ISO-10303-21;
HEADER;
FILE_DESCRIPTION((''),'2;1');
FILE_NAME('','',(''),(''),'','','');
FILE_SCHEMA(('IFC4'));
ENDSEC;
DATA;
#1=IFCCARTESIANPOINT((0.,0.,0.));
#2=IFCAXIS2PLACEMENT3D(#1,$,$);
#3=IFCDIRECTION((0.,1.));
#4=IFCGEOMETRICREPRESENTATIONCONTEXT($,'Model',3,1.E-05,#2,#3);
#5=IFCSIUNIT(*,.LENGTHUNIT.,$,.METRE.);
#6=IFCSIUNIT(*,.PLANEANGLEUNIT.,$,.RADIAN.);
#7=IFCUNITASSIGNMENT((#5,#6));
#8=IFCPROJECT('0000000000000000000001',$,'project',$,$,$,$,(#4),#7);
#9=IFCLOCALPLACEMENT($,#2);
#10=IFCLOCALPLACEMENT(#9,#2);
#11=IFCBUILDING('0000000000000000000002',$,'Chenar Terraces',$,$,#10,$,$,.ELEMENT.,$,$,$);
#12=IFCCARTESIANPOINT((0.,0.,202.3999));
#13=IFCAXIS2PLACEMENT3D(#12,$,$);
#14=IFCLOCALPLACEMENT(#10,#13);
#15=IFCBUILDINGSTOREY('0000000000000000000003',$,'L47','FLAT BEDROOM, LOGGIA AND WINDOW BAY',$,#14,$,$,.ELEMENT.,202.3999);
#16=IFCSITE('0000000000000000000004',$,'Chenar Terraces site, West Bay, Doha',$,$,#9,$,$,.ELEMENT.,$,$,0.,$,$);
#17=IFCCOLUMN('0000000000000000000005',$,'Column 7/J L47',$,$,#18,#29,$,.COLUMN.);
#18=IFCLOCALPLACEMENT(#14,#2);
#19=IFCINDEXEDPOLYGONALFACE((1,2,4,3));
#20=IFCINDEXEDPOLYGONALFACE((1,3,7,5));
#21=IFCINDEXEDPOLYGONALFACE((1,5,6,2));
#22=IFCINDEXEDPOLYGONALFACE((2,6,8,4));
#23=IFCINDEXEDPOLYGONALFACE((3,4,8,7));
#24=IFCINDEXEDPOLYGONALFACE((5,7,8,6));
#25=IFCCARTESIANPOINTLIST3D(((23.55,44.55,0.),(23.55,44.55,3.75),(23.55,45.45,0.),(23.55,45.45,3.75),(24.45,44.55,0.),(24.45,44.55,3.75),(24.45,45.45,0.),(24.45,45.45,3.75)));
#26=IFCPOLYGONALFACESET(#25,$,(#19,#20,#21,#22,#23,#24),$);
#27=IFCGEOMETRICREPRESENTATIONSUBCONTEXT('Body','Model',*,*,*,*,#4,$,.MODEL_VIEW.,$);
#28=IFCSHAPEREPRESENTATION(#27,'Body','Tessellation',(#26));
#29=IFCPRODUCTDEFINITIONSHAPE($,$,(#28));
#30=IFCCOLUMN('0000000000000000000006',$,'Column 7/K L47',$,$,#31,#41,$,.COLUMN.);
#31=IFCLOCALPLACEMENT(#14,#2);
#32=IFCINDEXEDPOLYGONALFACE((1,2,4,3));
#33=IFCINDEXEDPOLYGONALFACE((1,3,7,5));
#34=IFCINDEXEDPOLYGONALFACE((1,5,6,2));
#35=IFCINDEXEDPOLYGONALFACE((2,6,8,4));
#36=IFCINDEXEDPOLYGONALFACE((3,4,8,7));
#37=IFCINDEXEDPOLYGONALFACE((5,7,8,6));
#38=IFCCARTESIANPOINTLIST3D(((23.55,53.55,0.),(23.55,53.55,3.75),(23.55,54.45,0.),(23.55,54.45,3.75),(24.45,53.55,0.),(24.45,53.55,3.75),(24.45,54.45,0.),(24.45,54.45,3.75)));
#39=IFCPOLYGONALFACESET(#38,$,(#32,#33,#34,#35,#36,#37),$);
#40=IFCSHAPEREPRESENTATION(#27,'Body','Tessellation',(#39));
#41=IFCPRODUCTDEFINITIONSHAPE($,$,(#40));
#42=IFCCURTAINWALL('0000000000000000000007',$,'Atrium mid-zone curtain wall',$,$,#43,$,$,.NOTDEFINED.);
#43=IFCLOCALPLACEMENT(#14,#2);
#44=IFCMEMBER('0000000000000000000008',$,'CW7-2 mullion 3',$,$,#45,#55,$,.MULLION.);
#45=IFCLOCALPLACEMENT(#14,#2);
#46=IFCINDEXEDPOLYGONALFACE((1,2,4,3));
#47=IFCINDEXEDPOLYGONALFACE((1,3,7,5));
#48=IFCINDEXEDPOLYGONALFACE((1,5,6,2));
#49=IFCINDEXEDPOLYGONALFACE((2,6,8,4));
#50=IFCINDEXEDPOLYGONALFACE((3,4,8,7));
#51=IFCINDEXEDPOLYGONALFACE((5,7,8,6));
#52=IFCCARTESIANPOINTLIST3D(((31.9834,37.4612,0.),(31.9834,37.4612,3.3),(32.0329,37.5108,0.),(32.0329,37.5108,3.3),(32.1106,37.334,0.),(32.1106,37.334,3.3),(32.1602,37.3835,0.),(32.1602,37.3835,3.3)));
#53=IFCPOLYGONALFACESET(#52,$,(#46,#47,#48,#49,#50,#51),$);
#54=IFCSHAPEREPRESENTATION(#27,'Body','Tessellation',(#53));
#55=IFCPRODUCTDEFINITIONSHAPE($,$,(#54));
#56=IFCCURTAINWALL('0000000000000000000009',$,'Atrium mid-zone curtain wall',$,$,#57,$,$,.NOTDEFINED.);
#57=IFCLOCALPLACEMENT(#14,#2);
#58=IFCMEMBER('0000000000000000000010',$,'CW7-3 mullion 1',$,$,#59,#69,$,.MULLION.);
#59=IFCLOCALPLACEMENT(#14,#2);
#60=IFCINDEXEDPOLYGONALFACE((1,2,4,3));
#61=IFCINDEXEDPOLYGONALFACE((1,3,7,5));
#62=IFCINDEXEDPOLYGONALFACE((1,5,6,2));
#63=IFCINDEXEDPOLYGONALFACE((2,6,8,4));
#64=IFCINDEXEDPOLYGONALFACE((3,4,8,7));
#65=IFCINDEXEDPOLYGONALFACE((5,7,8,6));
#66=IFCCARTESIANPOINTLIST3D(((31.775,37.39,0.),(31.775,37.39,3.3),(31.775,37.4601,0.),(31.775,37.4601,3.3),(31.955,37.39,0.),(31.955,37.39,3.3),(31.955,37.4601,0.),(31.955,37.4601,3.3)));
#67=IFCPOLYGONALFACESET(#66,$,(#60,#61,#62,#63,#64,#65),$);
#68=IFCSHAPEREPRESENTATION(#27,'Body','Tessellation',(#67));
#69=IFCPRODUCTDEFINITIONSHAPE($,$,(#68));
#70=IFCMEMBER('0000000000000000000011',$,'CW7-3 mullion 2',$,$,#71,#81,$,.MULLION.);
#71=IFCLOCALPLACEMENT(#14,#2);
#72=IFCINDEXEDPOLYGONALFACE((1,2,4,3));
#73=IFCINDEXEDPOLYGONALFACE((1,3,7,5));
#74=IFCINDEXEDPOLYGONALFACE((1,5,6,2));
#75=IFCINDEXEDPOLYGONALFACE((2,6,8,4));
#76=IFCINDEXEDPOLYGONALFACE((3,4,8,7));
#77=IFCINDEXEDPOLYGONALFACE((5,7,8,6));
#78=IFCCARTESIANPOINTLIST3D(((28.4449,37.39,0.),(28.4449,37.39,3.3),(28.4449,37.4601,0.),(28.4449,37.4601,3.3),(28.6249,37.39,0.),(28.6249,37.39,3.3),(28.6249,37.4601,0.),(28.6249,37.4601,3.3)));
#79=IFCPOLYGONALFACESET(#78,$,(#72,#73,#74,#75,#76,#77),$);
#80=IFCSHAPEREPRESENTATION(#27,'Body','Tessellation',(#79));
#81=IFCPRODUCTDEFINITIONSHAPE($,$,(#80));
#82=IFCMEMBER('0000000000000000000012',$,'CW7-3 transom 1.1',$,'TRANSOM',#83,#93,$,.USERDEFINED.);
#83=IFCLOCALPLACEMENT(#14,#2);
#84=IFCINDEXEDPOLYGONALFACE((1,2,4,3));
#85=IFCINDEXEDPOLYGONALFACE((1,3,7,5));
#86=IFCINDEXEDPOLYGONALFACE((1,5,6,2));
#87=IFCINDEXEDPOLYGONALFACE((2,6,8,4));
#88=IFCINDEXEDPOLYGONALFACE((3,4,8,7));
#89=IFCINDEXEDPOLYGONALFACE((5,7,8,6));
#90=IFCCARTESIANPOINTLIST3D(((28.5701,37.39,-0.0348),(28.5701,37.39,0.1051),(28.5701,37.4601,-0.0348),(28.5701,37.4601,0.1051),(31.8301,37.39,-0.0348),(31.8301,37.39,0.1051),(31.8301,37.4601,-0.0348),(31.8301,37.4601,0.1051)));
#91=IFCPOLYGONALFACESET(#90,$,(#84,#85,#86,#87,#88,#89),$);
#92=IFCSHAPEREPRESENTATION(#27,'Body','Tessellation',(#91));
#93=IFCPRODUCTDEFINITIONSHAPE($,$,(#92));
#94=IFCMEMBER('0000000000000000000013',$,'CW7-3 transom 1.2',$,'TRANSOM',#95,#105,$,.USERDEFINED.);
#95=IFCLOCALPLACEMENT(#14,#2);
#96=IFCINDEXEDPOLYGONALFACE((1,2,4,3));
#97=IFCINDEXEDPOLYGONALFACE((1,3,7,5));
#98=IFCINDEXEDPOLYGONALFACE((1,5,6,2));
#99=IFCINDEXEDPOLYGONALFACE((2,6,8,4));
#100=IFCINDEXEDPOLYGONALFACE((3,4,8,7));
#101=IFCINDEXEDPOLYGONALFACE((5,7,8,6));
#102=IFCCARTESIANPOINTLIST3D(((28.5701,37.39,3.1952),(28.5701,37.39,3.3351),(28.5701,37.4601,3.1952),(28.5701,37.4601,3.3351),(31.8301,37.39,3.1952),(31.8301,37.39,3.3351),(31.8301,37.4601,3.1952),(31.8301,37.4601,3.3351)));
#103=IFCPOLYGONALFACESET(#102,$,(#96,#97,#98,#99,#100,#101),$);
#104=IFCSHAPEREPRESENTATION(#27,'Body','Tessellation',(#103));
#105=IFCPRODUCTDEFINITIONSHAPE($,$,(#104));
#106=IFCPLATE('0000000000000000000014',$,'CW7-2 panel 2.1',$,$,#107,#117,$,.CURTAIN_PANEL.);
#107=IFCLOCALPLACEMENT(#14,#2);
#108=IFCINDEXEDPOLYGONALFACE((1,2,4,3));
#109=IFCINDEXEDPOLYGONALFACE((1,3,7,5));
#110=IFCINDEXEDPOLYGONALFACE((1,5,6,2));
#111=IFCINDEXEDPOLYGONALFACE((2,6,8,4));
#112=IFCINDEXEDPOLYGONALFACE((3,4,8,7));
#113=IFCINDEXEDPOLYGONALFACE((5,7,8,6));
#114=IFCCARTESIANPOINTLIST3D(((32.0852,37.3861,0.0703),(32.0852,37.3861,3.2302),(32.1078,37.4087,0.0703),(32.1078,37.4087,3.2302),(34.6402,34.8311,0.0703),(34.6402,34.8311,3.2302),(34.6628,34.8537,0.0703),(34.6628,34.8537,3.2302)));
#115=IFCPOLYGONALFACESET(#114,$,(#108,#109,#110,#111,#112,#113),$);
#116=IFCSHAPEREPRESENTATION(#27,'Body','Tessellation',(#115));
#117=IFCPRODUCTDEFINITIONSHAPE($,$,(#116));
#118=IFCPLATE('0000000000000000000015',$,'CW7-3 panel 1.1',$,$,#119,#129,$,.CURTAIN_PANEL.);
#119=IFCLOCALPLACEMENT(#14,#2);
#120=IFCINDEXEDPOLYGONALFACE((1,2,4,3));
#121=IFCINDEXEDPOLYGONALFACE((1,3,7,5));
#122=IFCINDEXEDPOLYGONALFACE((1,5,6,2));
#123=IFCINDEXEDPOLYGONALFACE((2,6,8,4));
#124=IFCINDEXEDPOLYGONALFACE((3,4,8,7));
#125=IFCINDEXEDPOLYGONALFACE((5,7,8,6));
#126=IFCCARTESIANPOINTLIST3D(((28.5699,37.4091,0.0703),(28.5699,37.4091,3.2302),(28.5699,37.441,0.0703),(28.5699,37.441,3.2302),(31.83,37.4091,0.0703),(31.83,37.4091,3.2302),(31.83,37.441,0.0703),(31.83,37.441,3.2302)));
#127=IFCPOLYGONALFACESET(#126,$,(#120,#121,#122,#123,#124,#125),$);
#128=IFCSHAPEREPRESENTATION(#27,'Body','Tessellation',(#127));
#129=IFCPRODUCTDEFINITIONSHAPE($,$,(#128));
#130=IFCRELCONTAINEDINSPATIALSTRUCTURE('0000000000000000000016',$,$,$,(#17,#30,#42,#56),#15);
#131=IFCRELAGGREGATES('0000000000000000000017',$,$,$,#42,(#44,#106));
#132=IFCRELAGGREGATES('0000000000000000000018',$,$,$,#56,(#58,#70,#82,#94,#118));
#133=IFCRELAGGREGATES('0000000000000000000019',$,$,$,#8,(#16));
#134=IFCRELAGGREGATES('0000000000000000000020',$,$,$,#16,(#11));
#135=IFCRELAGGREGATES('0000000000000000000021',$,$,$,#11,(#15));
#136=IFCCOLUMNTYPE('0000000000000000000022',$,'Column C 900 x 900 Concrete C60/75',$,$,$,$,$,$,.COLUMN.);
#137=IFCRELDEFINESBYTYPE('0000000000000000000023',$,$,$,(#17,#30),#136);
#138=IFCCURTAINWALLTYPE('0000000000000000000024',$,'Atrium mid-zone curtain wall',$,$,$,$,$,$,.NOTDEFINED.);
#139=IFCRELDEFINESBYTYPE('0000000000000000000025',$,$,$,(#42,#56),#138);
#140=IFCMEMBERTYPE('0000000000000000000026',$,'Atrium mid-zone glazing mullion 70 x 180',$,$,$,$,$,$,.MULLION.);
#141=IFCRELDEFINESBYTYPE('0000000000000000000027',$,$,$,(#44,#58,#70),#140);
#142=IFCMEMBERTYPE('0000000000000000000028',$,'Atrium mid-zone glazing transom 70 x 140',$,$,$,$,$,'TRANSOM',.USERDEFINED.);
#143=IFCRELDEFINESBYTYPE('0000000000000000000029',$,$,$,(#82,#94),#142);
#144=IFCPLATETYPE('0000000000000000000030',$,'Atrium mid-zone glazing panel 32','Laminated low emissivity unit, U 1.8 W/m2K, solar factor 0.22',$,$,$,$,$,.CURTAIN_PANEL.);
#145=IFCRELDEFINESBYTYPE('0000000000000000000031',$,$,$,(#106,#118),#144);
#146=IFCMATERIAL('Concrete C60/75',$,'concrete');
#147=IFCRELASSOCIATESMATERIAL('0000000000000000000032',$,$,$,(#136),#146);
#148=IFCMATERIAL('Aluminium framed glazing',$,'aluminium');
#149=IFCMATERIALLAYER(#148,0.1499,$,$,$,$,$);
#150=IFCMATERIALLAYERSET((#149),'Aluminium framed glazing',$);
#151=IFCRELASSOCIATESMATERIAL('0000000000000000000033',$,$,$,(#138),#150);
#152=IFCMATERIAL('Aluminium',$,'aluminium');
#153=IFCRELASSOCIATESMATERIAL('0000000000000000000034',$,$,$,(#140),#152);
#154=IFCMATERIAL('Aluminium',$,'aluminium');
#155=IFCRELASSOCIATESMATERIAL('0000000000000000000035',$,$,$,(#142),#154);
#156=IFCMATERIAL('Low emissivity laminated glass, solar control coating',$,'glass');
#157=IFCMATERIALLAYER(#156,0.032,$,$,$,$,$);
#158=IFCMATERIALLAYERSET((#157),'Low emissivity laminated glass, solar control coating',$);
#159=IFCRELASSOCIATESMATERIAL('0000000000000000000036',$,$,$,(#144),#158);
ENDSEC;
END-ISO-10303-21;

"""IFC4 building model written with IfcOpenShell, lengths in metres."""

from ifc_helpers import new_model, si_unit, direction, frame, origin, origin_2d, place, context, subcontext, project, spatial, rectangle, extrude, material, layer, layer_set, material_profile, profile_set, type_object, element, aggregate, save


model = new_model("IFC4")

# Units and contexts
model_context = context("Model", 3, precision=1e-05, world=origin(), true_north=direction((0.0, 1.0)))
body_context = subcontext(model_context, "Body", "Model", "MODEL_VIEW")
ifc_project = project(units=[si_unit("LENGTHUNIT", "METRE"), si_unit("PLANEANGLEUNIT", "RADIAN")], contexts=[model_context])

# Site, building, storey
site_placement = place(None, origin())
site = spatial("IfcSite", under=ifc_project, at=site_placement, Name="Chenar Terraces site, West Bay, Doha", CompositionType="ELEMENT", RefElevation=0.0)
building_placement = place(site_placement, origin())
building = spatial("IfcBuilding", under=site, at=building_placement, Name="Chenar Terraces", CompositionType="ELEMENT")
storey_placement = place(building_placement, frame((0.0, 0.0, 202.3999)))
storey = spatial("IfcBuildingStorey", under=building, at=storey_placement, Name="L47", Description="FLAT BEDROOM, LOGGIA AND WINDOW BAY", CompositionType="ELEMENT", Elevation=202.3999)

# Columns
ifc_material_1 = material(Name="Concrete C60/75", Category="concrete")
ifc_material_profile_1 = material_profile(ifc_material_1, rectangle(XDim=0.8999, YDim=0.8999, at=origin_2d()), Name="C 900 x 900")
ifc_profile_set_1 = profile_set([ifc_material_profile_1], Name="Concrete C60/75")
column_type = type_object("IfcColumnType", Name="Column C 900 x 900 Concrete C60/75", PredefinedType="COLUMN", material=ifc_profile_set_1)
for number, where, z_axis, x_axis, name in (
    (1, (24.0, 45.0, 0.0), (0.0, 0.0, 1.0), (1.0, 0.0, 0.0), "Column 7/J L47"),
    (2, (24.0, 54.0, 0.0), (0.0, 0.0, 1.0), (1.0, 0.0, 0.0), "Column 7/K L47"),
):
    element("IfcColumn", number, at=place(storey_placement, frame(where, z_axis=z_axis, x_axis=x_axis)), inside=storey, type_object=column_type, Name=name, PredefinedType="COLUMN", context=body_context, shape_type="SweptSolid", body=[
        extrude(rectangle(XDim=0.8999, YDim=0.8999, at=origin_2d()), origin(), (0.0, 0.0, 1.0), 3.75),
    ])

# Curtain wall, member
ifc_material_2 = material(Name="Aluminium framed glazing", Category="aluminium")
ifc_layer_1 = layer(ifc_material_2, 0.1499)
ifc_layer_set_1 = layer_set([ifc_layer_1], Name="Aluminium framed glazing")
curtain_wall_type = type_object("IfcCurtainWallType", Name="Atrium mid-zone curtain wall", PredefinedType="NOTDEFINED", material=ifc_layer_set_1)
placement = place(storey_placement, origin())
curtain_wall_1 = element("IfcCurtainWall", 3, at=placement, inside=storey, type_object=curtain_wall_type, Name="Atrium mid-zone curtain wall", PredefinedType="NOTDEFINED")
ifc_material_3 = material(Name="Aluminium", Category="aluminium")
ifc_material_profile_2 = material_profile(ifc_material_3, rectangle(XDim=0.0701, YDim=0.1799, at=origin_2d()), Name="Atrium mid-zone glazing mullion 70 x 180")
ifc_profile_set_2 = profile_set([ifc_material_profile_2], Name="Aluminium")
member_type_1 = type_object("IfcMemberType", Name="Atrium mid-zone glazing mullion 70 x 180", PredefinedType="MULLION", material=ifc_profile_set_2)
member_1_placement = place(storey_placement, frame((32.0718, 37.4224, 0.0), z_axis=(0.0, 0.0, 1.0), x_axis=(-0.707107, -0.707107, 0.0)))
member_1 = element("IfcMember", 4, at=member_1_placement, type_object=member_type_1, Name="CW7-2 mullion 3", PredefinedType="MULLION", context=body_context, shape_type="SweptSolid", body=[
    extrude(rectangle(XDim=0.0701, YDim=0.1799, at=origin_2d()), origin(), (0.0, 0.0, 1.0), 3.3),
])

# Curtain wall, members
curtain_wall_2 = element("IfcCurtainWall", 5, at=placement, inside=storey, type_object=curtain_wall_type, Name="Atrium mid-zone curtain wall", PredefinedType="NOTDEFINED")
member_2_placement = place(storey_placement, frame((31.865, 37.425, 0.0), z_axis=(0.0, 0.0, 1.0), x_axis=(0.0, -1.0, 0.0)))
member_2 = element("IfcMember", 6, at=member_2_placement, type_object=member_type_1, Name="CW7-3 mullion 1", PredefinedType="MULLION", context=body_context, shape_type="SweptSolid", body=[
    extrude(rectangle(XDim=0.0701, YDim=0.1799, at=origin_2d()), origin(), (0.0, 0.0, 1.0), 3.3),
])
member_3_placement = place(storey_placement, frame((28.5349, 37.425, 0.0), z_axis=(0.0, 0.0, 1.0), x_axis=(0.0, -1.0, 0.0)))
member_3 = element("IfcMember", 7, at=member_3_placement, type_object=member_type_1, Name="CW7-3 mullion 2", PredefinedType="MULLION", context=body_context, shape_type="SweptSolid", body=[
    extrude(rectangle(XDim=0.0701, YDim=0.1799, at=origin_2d()), origin(), (0.0, 0.0, 1.0), 3.3),
])
ifc_material_4 = material(Name="Aluminium", Category="aluminium")
ifc_material_profile_3 = material_profile(ifc_material_4, rectangle(XDim=0.0701, YDim=0.1399, at=origin_2d()), Name="Atrium mid-zone glazing transom 70 x 140")
ifc_profile_set_3 = profile_set([ifc_material_profile_3], Name="Aluminium")
member_type_2 = type_object("IfcMemberType", Name="Atrium mid-zone glazing transom 70 x 140", ElementType="TRANSOM", PredefinedType="USERDEFINED", material=ifc_profile_set_3)
member_4_placement = place(storey_placement, frame((31.8301, 37.425, 0.0352), z_axis=(-1.0, 0.0, 0.0), x_axis=(0.0, -1.0, 0.0)))
member_4 = element("IfcMember", 8, at=member_4_placement, type_object=member_type_2, Name="CW7-3 transom 1.1", ObjectType="TRANSOM", PredefinedType="USERDEFINED", context=body_context, shape_type="SweptSolid", body=[
    extrude(rectangle(XDim=0.0701, YDim=0.1399, at=origin_2d()), origin(), (0.0, 0.0, 1.0), 3.26),
])
member_5_placement = place(storey_placement, frame((31.8301, 37.425, 3.2651), z_axis=(-1.0, 0.0, 0.0), x_axis=(0.0, -1.0, 0.0)))
member_5 = element("IfcMember", 9, at=member_5_placement, type_object=member_type_2, Name="CW7-3 transom 1.2", ObjectType="TRANSOM", PredefinedType="USERDEFINED", context=body_context, shape_type="SweptSolid", body=[
    extrude(rectangle(XDim=0.0701, YDim=0.1399, at=origin_2d()), origin(), (0.0, 0.0, 1.0), 3.26),
])

# Plates
ifc_material_5 = material(Name="Low emissivity laminated glass, solar control coating", Category="glass")
ifc_layer_2 = layer(ifc_material_5, 0.032)
ifc_layer_set_2 = layer_set([ifc_layer_2], Name="Low emissivity laminated glass, solar control coating")
plate_type = type_object("IfcPlateType", Name="Atrium mid-zone glazing panel 32", Description="Laminated low emissivity unit, U 1.8 W/m2K, solar factor 0.22", PredefinedType="CURTAIN_PANEL", material=ifc_layer_set_2)
plate_1_placement = place(storey_placement, frame((33.374, 36.1199, 0.0703), z_axis=(0.0, 0.0, 1.0), x_axis=(-0.707107, 0.707107, 0.0)))
plate_1 = element("IfcPlate", 10, at=plate_1_placement, type_object=plate_type, Name="CW7-2 panel 2.1", PredefinedType="CURTAIN_PANEL", context=body_context, shape_type="SweptSolid", body=[
    extrude(rectangle(XDim=3.6133, YDim=0.032, at=origin_2d()), origin(), (0.0, 0.0, 1.0), 3.1599),
])
aggregate(curtain_wall_1, [member_1, plate_1])
plate_2_placement = place(storey_placement, frame((30.2, 37.425, 0.0703), z_axis=(0.0, 0.0, 1.0), x_axis=(-1.0, 0.0, 0.0)))
plate_2 = element("IfcPlate", 11, at=plate_2_placement, type_object=plate_type, Name="CW7-3 panel 1.1", PredefinedType="CURTAIN_PANEL", context=body_context, shape_type="SweptSolid", body=[
    extrude(rectangle(XDim=3.26, YDim=0.032, at=origin_2d()), origin(), (0.0, 0.0, 1.0), 3.1599),
])
aggregate(curtain_wall_2, [member_2, member_3, member_4, member_5, plate_2])

save(model, "model.ifc")
